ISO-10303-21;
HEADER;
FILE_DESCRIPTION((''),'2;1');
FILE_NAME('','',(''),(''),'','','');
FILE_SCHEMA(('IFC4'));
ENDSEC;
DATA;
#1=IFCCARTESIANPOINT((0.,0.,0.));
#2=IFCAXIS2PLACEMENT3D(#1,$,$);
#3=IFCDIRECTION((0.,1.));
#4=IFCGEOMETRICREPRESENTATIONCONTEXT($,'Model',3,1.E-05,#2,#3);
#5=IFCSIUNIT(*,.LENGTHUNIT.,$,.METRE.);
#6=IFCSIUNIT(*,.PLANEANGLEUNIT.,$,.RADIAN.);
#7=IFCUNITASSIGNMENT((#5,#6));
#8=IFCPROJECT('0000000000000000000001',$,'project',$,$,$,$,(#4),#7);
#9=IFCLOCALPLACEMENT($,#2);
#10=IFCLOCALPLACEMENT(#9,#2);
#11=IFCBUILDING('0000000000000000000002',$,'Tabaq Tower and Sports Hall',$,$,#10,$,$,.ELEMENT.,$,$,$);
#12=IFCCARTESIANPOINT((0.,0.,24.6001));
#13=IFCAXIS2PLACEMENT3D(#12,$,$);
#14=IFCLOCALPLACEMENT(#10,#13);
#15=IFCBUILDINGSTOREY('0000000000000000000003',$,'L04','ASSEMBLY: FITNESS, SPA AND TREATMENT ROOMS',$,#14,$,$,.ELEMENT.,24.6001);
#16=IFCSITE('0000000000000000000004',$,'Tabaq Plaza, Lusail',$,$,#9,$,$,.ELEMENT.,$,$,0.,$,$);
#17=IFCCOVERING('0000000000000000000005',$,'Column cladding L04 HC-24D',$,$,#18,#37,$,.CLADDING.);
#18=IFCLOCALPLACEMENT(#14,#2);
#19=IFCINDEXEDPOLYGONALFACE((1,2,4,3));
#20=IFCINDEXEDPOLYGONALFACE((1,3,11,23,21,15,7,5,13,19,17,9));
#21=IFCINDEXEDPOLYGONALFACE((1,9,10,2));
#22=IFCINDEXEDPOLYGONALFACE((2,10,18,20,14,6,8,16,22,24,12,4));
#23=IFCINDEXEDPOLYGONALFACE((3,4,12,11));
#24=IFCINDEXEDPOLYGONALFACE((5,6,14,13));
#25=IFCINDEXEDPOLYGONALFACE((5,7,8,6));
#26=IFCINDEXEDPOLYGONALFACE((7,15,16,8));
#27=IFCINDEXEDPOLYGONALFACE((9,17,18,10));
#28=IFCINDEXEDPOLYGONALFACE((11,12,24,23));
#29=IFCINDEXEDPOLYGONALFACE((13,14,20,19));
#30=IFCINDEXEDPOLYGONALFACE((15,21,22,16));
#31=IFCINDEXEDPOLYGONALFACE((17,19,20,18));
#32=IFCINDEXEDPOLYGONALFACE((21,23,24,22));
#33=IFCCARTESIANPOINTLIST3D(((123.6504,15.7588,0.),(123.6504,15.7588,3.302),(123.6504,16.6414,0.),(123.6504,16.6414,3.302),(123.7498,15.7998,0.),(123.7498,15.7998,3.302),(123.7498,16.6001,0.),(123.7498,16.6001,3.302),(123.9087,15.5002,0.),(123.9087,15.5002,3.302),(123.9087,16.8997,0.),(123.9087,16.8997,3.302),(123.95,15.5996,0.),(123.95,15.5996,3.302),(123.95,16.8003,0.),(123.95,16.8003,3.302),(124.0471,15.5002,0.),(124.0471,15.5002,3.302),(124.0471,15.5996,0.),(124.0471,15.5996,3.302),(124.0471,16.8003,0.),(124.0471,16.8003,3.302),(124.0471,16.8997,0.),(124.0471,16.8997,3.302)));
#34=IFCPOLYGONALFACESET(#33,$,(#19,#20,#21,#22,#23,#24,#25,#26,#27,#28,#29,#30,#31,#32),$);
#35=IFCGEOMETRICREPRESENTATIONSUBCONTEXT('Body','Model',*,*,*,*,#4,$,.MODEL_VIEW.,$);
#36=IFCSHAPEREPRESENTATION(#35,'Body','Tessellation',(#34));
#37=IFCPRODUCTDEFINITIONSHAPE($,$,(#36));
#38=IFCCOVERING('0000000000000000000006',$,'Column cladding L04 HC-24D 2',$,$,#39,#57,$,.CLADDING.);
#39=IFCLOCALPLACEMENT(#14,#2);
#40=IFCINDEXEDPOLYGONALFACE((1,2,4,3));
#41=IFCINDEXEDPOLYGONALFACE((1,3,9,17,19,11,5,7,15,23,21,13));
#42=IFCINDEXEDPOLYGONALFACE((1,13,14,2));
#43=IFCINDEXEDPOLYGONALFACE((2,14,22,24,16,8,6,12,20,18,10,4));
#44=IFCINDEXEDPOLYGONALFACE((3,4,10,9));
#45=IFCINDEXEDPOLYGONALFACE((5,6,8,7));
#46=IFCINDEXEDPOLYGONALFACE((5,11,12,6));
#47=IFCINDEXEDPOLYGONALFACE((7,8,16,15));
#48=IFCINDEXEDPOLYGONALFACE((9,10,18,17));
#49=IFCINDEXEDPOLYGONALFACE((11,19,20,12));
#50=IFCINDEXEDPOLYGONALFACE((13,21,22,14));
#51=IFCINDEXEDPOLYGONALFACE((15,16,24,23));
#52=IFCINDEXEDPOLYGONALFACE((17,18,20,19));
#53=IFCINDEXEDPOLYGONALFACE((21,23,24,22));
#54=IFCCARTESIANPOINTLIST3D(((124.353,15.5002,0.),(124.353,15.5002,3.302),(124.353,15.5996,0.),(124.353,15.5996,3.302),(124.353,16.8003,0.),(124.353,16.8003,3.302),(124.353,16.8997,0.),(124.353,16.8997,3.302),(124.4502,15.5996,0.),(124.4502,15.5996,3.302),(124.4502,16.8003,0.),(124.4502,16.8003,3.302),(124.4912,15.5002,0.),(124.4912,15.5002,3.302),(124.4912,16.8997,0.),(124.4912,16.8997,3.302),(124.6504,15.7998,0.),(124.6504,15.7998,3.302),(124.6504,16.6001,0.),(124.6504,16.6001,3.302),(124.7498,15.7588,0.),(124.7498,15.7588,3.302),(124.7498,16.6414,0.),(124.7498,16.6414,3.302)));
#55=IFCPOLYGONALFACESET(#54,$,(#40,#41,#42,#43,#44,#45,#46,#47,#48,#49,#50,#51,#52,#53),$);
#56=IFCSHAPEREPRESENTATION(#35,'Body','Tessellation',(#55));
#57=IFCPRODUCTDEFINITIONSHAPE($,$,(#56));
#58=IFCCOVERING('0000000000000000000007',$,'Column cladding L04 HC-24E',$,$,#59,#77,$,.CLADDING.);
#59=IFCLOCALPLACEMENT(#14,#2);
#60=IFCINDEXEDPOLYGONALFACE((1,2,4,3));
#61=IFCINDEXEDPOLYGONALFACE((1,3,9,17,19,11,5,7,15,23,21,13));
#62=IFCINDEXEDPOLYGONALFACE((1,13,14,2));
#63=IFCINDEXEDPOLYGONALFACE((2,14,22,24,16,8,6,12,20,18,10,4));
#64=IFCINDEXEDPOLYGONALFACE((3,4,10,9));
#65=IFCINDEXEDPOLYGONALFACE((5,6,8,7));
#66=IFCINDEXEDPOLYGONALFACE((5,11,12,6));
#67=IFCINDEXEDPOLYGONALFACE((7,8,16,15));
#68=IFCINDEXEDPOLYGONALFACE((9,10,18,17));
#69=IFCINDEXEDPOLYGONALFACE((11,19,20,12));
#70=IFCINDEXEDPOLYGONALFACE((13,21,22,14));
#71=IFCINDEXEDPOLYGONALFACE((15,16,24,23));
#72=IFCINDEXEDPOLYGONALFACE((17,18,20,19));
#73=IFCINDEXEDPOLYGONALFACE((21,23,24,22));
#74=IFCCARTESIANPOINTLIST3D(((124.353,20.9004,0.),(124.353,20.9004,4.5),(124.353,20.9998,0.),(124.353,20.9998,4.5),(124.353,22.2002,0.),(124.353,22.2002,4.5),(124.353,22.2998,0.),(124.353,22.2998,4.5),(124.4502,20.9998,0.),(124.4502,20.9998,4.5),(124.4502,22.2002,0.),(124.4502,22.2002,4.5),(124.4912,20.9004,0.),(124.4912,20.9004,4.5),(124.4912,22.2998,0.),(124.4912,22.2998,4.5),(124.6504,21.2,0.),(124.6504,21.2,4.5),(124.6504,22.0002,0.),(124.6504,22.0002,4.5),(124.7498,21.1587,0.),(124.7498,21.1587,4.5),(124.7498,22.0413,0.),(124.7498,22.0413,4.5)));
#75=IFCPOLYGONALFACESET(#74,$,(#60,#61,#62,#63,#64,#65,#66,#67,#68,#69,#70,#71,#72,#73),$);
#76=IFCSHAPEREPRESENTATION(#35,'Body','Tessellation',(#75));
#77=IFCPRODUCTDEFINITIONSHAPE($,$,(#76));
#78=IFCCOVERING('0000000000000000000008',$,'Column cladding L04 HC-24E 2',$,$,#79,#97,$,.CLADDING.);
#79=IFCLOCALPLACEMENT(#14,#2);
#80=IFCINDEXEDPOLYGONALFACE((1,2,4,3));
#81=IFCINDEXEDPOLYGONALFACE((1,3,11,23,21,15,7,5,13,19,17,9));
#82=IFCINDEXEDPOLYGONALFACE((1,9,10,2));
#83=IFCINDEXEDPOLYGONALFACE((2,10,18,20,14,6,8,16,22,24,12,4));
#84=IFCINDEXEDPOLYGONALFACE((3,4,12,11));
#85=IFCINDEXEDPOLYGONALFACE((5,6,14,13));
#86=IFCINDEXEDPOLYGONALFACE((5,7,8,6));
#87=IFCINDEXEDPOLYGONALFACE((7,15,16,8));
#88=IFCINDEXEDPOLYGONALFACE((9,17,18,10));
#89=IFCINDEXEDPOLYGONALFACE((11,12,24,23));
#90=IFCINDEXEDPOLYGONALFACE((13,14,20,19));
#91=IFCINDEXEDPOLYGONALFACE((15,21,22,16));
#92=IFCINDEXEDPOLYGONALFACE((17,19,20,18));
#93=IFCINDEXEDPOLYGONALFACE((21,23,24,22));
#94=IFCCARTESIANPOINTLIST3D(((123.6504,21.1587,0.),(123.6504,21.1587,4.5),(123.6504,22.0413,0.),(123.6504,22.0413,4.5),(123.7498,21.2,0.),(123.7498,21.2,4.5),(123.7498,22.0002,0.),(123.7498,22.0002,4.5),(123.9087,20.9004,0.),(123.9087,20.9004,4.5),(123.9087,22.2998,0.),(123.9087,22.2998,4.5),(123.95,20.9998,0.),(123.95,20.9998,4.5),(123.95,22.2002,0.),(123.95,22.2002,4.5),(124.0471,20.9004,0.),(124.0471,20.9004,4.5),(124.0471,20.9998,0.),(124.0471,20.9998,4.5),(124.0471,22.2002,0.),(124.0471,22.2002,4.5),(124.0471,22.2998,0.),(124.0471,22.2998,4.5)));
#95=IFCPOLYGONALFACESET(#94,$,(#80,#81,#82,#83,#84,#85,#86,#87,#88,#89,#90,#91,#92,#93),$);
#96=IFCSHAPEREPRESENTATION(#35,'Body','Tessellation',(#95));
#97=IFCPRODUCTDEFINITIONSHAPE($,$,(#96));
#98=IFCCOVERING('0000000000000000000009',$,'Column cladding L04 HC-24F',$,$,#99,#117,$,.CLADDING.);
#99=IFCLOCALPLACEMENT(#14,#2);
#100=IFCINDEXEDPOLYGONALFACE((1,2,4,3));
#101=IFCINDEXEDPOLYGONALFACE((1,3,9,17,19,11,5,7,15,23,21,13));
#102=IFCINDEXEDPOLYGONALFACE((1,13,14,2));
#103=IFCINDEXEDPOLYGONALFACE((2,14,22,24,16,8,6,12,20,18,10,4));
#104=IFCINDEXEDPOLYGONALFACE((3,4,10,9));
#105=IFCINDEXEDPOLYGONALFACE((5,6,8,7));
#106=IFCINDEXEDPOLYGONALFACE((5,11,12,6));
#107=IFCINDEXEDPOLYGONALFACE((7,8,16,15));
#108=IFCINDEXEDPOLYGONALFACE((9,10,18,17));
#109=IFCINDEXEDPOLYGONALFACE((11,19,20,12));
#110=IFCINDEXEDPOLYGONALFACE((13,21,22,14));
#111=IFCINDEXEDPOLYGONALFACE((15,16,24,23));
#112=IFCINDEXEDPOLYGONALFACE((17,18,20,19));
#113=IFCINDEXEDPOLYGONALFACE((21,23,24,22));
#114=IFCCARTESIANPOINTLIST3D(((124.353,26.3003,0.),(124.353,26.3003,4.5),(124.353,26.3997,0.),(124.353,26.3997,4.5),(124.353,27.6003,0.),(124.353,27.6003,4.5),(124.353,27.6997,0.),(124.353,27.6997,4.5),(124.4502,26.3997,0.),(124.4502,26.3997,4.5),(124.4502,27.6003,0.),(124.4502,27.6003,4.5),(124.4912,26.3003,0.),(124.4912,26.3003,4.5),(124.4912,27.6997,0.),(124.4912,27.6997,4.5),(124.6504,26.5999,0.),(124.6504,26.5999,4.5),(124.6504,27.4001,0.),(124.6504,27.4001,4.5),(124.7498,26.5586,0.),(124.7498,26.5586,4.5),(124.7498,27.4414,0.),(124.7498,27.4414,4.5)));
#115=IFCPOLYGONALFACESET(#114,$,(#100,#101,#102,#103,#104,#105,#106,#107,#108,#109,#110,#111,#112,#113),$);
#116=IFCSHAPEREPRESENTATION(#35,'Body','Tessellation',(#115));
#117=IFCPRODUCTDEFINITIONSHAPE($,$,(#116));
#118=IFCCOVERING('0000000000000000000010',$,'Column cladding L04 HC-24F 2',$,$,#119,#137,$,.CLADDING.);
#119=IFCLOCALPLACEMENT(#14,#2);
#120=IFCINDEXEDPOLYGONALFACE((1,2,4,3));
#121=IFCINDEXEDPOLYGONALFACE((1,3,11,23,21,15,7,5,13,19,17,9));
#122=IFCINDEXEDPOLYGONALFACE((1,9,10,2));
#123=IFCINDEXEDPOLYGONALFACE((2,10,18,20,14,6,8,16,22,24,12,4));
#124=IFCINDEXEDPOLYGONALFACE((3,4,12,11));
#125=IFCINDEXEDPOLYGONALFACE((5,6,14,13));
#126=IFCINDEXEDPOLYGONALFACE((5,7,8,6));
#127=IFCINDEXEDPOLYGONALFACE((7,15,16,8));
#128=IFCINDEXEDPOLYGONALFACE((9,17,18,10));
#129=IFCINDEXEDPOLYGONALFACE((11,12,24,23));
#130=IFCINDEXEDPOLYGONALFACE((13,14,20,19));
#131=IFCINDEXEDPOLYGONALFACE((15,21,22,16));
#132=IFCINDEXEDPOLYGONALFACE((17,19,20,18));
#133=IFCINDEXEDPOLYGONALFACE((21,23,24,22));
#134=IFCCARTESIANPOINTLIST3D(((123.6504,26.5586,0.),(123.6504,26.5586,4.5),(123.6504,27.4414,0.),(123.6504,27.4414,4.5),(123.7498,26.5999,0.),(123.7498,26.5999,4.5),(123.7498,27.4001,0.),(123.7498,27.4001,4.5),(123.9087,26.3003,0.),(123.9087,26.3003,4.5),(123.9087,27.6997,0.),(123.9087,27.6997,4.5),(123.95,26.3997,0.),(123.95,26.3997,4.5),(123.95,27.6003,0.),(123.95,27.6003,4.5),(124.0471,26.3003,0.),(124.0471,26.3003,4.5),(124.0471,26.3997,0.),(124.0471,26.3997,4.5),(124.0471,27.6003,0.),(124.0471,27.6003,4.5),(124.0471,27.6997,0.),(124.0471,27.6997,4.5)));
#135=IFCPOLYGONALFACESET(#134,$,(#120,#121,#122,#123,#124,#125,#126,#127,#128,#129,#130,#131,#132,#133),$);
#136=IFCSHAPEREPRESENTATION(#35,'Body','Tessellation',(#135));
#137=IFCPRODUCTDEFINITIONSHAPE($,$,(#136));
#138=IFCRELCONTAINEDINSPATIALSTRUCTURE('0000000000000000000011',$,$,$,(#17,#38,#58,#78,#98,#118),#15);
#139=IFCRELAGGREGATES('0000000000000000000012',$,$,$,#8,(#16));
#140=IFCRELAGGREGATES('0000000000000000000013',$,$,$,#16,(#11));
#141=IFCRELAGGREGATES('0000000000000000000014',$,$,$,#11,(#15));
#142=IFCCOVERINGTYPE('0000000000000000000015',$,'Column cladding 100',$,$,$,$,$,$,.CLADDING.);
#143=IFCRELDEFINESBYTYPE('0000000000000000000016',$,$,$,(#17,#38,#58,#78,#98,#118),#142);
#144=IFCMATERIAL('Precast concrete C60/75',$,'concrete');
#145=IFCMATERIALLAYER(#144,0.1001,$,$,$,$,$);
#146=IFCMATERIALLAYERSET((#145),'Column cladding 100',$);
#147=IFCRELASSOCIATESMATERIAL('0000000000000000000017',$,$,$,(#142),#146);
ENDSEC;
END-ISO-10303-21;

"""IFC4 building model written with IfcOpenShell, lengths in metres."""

from ifc_helpers import new_model, si_unit, direction, frame, origin, place, context, subcontext, project, spatial, polyline, outline, extrude, material, layer, layer_set, type_object, element, save


model = new_model("IFC4")

# Units and contexts
model_context = context("Model", 3, precision=1e-05, world=origin(), true_north=direction((0.0, 1.0)))
body_context = subcontext(model_context, "Body", "Model", "MODEL_VIEW")
ifc_project = project(units=[si_unit("LENGTHUNIT", "METRE"), si_unit("PLANEANGLEUNIT", "RADIAN")], contexts=[model_context])

# Site, building, storey
site_placement = place(None, origin())
site = spatial("IfcSite", under=ifc_project, at=site_placement, Name="Tabaq Plaza, Lusail", CompositionType="ELEMENT", RefElevation=0.0)
building_placement = place(site_placement, origin())
building = spatial("IfcBuilding", under=site, at=building_placement, Name="Tabaq Tower and Sports Hall", CompositionType="ELEMENT")
storey_placement = place(building_placement, frame((0.0, 0.0, 24.6001)))
storey = spatial("IfcBuildingStorey", under=building, at=storey_placement, Name="L04", Description="ASSEMBLY: FITNESS, SPA AND TREATMENT ROOMS", CompositionType="ELEMENT", Elevation=24.6001)

# Coverings
ifc_material = material(Name="Precast concrete C60/75", Category="concrete")
ifc_layer = layer(ifc_material, 0.1001)
ifc_layer_set = layer_set([ifc_layer], Name="Column cladding 100")
covering_type = type_object("IfcCoveringType", Name="Column cladding 100", PredefinedType="CLADDING", material=ifc_layer_set)
covering_1_placement = place(storey_placement, origin())
element("IfcCovering", 1, at=covering_1_placement, inside=storey, type_object=covering_type, Name="Column cladding L04 HC-24D", PredefinedType="CLADDING", context=body_context, shape_type="SweptSolid", body=[
    extrude(outline(polyline([(123.9087, 15.5002), (123.6504, 15.7588), (123.6504, 16.6414), (123.9087, 16.8997), (124.0471, 16.8997), (124.0471, 16.8003), (123.95, 16.8003), (123.7498, 16.6001), (123.7498, 15.7998), (123.95, 15.5996), (124.0471, 15.5996), (124.0471, 15.5002), (123.9087, 15.5002)])), origin(), (0.0, 0.0, 1.0), 3.302),
])
covering_2_placement = place(storey_placement, origin())
element("IfcCovering", 2, at=covering_2_placement, inside=storey, type_object=covering_type, Name="Column cladding L04 HC-24D 2", PredefinedType="CLADDING", context=body_context, shape_type="SweptSolid", body=[
    extrude(outline(polyline([(124.353, 15.5002), (124.353, 15.5996), (124.4502, 15.5996), (124.6504, 15.7998), (124.6504, 16.6001), (124.4502, 16.8003), (124.353, 16.8003), (124.353, 16.8997), (124.4912, 16.8997), (124.7498, 16.6414), (124.7498, 15.7588), (124.4912, 15.5002), (124.353, 15.5002)])), origin(), (0.0, 0.0, 1.0), 3.302),
])
covering_3_placement = place(storey_placement, origin())
element("IfcCovering", 3, at=covering_3_placement, inside=storey, type_object=covering_type, Name="Column cladding L04 HC-24E", PredefinedType="CLADDING", context=body_context, shape_type="SweptSolid", body=[
    extrude(outline(polyline([(124.353, 20.9004), (124.353, 20.9998), (124.4502, 20.9998), (124.6504, 21.2), (124.6504, 22.0002), (124.4502, 22.2002), (124.353, 22.2002), (124.353, 22.2998), (124.4912, 22.2998), (124.7498, 22.0413), (124.7498, 21.1587), (124.4912, 20.9004), (124.353, 20.9004)])), origin(), (0.0, 0.0, 1.0), 4.5),
])
covering_4_placement = place(storey_placement, origin())
element("IfcCovering", 4, at=covering_4_placement, inside=storey, type_object=covering_type, Name="Column cladding L04 HC-24E 2", PredefinedType="CLADDING", context=body_context, shape_type="SweptSolid", body=[
    extrude(outline(polyline([(123.9087, 20.9004), (123.6504, 21.1587), (123.6504, 22.0413), (123.9087, 22.2998), (124.0471, 22.2998), (124.0471, 22.2002), (123.95, 22.2002), (123.7498, 22.0002), (123.7498, 21.2), (123.95, 20.9998), (124.0471, 20.9998), (124.0471, 20.9004), (123.9087, 20.9004)])), origin(), (0.0, 0.0, 1.0), 4.5),
])
covering_5_placement = place(storey_placement, origin())
element("IfcCovering", 5, at=covering_5_placement, inside=storey, type_object=covering_type, Name="Column cladding L04 HC-24F", PredefinedType="CLADDING", context=body_context, shape_type="SweptSolid", body=[
    extrude(outline(polyline([(124.353, 26.3003), (124.353, 26.3997), (124.4502, 26.3997), (124.6504, 26.5999), (124.6504, 27.4001), (124.4502, 27.6003), (124.353, 27.6003), (124.353, 27.6997), (124.4912, 27.6997), (124.7498, 27.4414), (124.7498, 26.5586), (124.4912, 26.3003), (124.353, 26.3003)])), origin(), (0.0, 0.0, 1.0), 4.5),
])
covering_6_placement = place(storey_placement, origin())
element("IfcCovering", 6, at=covering_6_placement, inside=storey, type_object=covering_type, Name="Column cladding L04 HC-24F 2", PredefinedType="CLADDING", context=body_context, shape_type="SweptSolid", body=[
    extrude(outline(polyline([(123.9087, 26.3003), (123.6504, 26.5586), (123.6504, 27.4414), (123.9087, 27.6997), (124.0471, 27.6997), (124.0471, 27.6003), (123.95, 27.6003), (123.7498, 27.4001), (123.7498, 26.5999), (123.95, 26.3997), (124.0471, 26.3997), (124.0471, 26.3003), (123.9087, 26.3003)])), origin(), (0.0, 0.0, 1.0), 4.5),
])

save(model, "model.ifc")
